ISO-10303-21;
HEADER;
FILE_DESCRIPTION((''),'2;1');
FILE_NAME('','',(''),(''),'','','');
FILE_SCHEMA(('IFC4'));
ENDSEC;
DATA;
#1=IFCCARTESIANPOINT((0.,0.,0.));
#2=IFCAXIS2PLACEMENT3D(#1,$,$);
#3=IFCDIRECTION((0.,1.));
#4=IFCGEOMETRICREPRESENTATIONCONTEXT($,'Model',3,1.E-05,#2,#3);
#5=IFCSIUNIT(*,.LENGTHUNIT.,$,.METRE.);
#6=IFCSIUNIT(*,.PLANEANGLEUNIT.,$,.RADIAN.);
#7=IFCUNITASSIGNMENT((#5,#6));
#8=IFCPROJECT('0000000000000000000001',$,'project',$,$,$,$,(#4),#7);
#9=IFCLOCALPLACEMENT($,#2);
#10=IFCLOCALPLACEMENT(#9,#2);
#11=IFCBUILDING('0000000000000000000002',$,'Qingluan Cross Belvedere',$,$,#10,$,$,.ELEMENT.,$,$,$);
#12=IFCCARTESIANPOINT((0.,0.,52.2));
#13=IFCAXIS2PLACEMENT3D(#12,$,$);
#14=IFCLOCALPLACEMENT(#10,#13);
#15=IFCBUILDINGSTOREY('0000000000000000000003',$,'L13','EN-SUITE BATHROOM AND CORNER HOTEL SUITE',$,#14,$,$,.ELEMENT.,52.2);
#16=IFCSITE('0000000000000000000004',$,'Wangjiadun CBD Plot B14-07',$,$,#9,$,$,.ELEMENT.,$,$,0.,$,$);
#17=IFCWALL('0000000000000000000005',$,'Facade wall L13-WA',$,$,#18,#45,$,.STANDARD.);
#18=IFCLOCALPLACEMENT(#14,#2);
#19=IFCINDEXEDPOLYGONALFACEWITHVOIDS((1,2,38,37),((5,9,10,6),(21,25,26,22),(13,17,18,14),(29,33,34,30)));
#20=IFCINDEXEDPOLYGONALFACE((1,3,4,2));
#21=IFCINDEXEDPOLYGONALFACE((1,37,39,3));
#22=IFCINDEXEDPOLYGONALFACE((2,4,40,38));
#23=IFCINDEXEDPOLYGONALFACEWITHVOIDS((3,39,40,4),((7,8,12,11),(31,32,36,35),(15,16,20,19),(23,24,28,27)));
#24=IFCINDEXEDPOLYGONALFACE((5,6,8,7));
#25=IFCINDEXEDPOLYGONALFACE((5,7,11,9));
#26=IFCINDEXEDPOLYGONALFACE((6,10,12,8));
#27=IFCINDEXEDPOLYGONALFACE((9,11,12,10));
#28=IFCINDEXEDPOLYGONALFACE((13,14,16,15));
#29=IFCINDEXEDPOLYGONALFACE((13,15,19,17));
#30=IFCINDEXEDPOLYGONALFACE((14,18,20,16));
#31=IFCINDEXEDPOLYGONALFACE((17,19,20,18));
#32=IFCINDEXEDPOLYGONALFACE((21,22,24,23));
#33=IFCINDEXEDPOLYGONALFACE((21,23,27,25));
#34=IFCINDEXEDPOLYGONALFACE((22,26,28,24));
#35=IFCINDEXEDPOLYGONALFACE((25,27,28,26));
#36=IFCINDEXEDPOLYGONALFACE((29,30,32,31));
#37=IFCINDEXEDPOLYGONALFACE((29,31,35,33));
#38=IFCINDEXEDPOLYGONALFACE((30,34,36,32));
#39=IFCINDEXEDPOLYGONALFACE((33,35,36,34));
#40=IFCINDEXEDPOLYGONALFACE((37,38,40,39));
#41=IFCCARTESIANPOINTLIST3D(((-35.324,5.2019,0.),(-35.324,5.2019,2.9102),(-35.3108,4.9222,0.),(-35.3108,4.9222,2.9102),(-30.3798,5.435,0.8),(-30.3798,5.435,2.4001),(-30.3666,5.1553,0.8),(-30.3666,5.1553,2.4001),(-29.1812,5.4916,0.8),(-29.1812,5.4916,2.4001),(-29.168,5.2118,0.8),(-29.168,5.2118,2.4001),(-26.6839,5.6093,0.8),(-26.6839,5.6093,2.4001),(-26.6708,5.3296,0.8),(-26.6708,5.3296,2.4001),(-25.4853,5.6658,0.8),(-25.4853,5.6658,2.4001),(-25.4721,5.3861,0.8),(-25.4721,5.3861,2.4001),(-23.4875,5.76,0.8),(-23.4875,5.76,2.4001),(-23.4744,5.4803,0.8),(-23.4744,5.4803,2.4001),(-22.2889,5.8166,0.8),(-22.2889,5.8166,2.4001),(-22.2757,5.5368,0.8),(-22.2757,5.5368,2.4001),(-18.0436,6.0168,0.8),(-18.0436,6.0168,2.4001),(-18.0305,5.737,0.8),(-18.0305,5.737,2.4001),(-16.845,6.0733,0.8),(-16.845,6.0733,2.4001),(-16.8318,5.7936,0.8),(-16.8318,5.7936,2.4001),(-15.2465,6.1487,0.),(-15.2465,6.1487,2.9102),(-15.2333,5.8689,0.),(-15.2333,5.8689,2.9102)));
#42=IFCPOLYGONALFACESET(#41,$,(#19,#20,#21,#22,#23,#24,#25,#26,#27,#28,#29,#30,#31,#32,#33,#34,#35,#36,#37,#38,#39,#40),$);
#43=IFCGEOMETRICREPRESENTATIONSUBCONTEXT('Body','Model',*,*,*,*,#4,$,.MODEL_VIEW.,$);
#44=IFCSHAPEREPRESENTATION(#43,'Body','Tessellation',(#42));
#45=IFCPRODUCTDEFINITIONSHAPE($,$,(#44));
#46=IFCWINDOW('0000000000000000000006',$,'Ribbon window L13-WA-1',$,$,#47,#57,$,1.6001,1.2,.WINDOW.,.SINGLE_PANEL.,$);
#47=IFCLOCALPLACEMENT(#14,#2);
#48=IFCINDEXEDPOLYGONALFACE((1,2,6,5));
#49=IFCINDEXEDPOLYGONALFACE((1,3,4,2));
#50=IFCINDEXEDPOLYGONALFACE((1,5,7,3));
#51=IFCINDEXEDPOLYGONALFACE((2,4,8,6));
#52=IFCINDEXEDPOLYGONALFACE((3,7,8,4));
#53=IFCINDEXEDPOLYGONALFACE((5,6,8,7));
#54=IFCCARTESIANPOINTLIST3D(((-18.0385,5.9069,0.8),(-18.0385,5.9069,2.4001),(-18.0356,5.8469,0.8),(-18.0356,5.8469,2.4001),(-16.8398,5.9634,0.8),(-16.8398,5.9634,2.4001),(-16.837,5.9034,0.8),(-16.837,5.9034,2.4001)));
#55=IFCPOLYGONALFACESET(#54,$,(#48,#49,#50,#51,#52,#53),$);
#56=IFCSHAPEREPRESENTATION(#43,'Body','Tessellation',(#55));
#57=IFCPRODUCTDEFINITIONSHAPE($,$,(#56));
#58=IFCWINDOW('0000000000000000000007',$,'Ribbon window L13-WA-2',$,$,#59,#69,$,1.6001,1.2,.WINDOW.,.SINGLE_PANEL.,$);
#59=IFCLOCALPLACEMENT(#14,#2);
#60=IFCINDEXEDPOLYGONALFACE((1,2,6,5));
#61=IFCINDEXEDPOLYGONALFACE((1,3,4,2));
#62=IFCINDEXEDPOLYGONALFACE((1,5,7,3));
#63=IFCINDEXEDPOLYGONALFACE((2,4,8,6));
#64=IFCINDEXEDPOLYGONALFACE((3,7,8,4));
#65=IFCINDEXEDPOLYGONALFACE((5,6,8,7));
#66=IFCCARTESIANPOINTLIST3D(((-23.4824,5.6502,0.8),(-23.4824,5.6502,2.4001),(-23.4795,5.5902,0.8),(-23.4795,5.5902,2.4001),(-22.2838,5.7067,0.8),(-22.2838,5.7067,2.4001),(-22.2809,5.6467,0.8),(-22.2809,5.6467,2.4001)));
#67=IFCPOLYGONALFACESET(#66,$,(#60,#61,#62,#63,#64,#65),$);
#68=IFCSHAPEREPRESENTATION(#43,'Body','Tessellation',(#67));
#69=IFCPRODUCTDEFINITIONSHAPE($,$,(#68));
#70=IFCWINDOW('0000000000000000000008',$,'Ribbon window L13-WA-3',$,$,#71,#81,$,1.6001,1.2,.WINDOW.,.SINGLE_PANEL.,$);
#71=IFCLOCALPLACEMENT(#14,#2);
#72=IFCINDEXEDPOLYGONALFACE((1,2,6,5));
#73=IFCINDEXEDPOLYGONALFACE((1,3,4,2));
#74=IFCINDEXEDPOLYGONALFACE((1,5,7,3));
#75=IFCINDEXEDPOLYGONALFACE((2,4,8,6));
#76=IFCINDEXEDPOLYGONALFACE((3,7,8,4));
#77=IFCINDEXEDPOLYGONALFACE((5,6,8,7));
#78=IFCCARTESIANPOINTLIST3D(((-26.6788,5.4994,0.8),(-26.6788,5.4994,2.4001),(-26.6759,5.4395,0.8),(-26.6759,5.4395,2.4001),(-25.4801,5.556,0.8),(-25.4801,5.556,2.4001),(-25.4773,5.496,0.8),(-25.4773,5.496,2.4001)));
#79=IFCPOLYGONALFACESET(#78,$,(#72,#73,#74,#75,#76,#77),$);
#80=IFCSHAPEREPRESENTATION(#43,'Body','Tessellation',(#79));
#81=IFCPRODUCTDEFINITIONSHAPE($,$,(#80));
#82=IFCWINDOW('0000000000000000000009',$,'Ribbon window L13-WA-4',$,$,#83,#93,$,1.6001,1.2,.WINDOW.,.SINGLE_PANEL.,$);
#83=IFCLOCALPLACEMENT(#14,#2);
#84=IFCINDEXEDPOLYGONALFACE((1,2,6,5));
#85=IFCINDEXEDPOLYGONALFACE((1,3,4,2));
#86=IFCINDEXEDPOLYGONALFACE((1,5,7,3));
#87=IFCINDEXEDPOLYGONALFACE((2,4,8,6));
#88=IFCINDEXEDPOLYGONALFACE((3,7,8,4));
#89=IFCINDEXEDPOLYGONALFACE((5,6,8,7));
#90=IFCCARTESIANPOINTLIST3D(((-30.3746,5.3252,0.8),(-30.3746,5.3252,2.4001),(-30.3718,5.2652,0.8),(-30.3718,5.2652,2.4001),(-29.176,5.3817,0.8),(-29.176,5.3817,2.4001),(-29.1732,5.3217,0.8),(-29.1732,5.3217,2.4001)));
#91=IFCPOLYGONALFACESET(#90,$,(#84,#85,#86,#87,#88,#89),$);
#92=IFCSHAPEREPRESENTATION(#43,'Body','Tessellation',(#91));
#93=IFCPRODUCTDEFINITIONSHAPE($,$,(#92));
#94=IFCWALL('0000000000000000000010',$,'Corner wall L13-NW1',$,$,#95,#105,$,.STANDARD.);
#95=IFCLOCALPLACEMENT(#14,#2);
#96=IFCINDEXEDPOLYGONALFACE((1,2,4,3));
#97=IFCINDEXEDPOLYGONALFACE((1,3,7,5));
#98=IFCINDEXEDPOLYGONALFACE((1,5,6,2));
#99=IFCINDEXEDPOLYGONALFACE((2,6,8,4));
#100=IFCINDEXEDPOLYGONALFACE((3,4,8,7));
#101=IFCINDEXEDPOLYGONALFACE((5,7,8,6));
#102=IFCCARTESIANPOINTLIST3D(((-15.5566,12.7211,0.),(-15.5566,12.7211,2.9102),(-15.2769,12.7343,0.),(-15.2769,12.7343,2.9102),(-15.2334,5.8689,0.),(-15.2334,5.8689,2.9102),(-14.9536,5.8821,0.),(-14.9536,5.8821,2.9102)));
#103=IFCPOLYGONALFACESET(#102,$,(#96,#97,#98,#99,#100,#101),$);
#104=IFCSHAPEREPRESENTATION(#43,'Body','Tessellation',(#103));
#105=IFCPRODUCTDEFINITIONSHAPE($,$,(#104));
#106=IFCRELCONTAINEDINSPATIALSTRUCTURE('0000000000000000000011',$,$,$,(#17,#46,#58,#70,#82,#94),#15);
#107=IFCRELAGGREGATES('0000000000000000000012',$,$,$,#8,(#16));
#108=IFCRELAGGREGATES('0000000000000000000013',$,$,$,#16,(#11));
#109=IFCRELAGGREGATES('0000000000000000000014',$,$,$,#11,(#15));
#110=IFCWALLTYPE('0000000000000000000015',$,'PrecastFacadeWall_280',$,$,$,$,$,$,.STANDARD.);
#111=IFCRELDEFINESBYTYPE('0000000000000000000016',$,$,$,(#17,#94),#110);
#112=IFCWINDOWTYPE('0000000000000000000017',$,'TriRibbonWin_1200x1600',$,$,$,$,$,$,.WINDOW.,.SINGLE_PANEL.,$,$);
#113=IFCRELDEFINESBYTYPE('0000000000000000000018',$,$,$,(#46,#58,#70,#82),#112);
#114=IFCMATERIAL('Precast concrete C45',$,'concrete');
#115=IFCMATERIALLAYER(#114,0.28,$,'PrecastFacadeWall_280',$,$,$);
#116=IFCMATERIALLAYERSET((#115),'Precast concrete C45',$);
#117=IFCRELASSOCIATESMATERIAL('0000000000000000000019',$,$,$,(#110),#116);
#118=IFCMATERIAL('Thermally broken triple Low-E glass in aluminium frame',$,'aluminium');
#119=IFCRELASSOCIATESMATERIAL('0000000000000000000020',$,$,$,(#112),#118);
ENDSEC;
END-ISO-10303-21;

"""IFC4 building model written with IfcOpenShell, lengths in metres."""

from ifc_helpers import new_model, si_unit, direction, frame, frame_2d, origin, place, context, subcontext, project, spatial, rectangle, extrude, material, layer, layer_set, type_object, element, fill, save


model = new_model("IFC4")

# Units and contexts
model_context = context("Model", 3, precision=1e-05, world=origin(), true_north=direction((0.0, 1.0)))
body_context = subcontext(model_context, "Body", "Model", "MODEL_VIEW")
ifc_project = project(units=[si_unit("LENGTHUNIT", "METRE"), si_unit("PLANEANGLEUNIT", "RADIAN")], contexts=[model_context])

# Site, building, storey
site_placement = place(None, origin())
site = spatial("IfcSite", under=ifc_project, at=site_placement, Name="Wangjiadun CBD Plot B14-07", CompositionType="ELEMENT", RefElevation=0.0)
building_placement = place(site_placement, origin())
building = spatial("IfcBuilding", under=site, at=building_placement, Name="Qingluan Cross Belvedere", CompositionType="ELEMENT")
storey_placement = place(building_placement, frame((0.0, 0.0, 52.2)))
storey = spatial("IfcBuildingStorey", under=building, at=storey_placement, Name="L13", Description="EN-SUITE BATHROOM AND CORNER HOTEL SUITE", CompositionType="ELEMENT", Elevation=52.2)

# Wall, openings, windows
ifc_material_1 = material(Name="Precast concrete C45", Category="concrete")
ifc_layer_1 = layer(ifc_material_1, 0.28, Name="PrecastFacadeWall_280")
ifc_layer_set_1 = layer_set([ifc_layer_1], Name="Precast concrete C45")
wall_type_1 = type_object("IfcWallType", Name="PrecastFacadeWall_280", PredefinedType="STANDARD", material=ifc_layer_set_1)
wall_1_placement = place(storey_placement, frame((-15.24, 6.0088, 0.0), z_axis=(0.0, 0.0, 1.0), x_axis=(-0.99889, -0.047103, 0.0)))
wall_1 = element("IfcWall", 1, at=wall_1_placement, inside=storey, type_object=wall_type_1, Name="Facade wall L13-WA", PredefinedType="STANDARD", context=body_context, shape_type="SweptSolid", body=[
    extrude(rectangle(XDim=20.0999, YDim=0.28, at=frame_2d((10.0498, 0.0))), origin(), (0.0, 0.0, 1.0), 2.9102),
])
opening_1_placement = place(wall_1_placement, frame((1.6001, 0.0, 0.8)))
opening_1 = element("IfcOpeningElement", 2, at=opening_1_placement, cuts=wall_1, PredefinedType="OPENING", context=body_context, shape_type="SweptSolid", body=[
    extrude(rectangle(XDim=1.2, YDim=1.6001, at=frame_2d((0.6001, 0.8))), frame((0.0, 0.1499, 0.0), z_axis=(0.0, -1.0, 0.0), x_axis=(1.0, 0.0, 0.0)), (0.0, 0.0, 1.0), 0.3),
])
opening_2_placement = place(wall_1_placement, frame((7.05, 0.0, 0.8)))
opening_2 = element("IfcOpeningElement", 3, at=opening_2_placement, cuts=wall_1, PredefinedType="OPENING", context=body_context, shape_type="SweptSolid", body=[
    extrude(rectangle(XDim=1.2, YDim=1.6001, at=frame_2d((0.6001, 0.8))), frame((0.0, 0.1499, 0.0), z_axis=(0.0, -1.0, 0.0), x_axis=(1.0, 0.0, 0.0)), (0.0, 0.0, 1.0), 0.3),
])
opening_3_placement = place(wall_1_placement, frame((10.25, 0.0, 0.8)))
opening_3 = element("IfcOpeningElement", 4, at=opening_3_placement, cuts=wall_1, PredefinedType="OPENING", context=body_context, shape_type="SweptSolid", body=[
    extrude(rectangle(XDim=1.2, YDim=1.6001, at=frame_2d((0.6001, 0.8))), frame((0.0, 0.1499, 0.0), z_axis=(0.0, -1.0, 0.0), x_axis=(1.0, 0.0, 0.0)), (0.0, 0.0, 1.0), 0.3),
])
opening_4_placement = place(wall_1_placement, frame((13.95, 0.0, 0.8)))
opening_4 = element("IfcOpeningElement", 5, at=opening_4_placement, cuts=wall_1, PredefinedType="OPENING", context=body_context, shape_type="SweptSolid", body=[
    extrude(rectangle(XDim=1.2, YDim=1.6001, at=frame_2d((0.6001, 0.8))), frame((0.0, 0.1499, 0.0), z_axis=(0.0, -1.0, 0.0), x_axis=(1.0, 0.0, 0.0)), (0.0, 0.0, 1.0), 0.3),
])
ifc_material_2 = material(Name="Thermally broken triple Low-E glass in aluminium frame", Category="aluminium")
window_type = type_object("IfcWindowType", Name="TriRibbonWin_1200x1600", PartitioningType="SINGLE_PANEL", PredefinedType="WINDOW", material=ifc_material_2)
window_1_placement = place(opening_1_placement, origin())
window_1 = element("IfcWindow", 6, at=window_1_placement, inside=storey, type_object=window_type, Name="Ribbon window L13-WA-1", OverallHeight=1.6001, OverallWidth=1.2, PartitioningType="SINGLE_PANEL", PredefinedType="WINDOW", context=body_context, shape_type="SweptSolid", body=[
    extrude(rectangle(XDim=1.2, YDim=1.6001, at=frame_2d((0.6001, 0.8))), frame((0.0, 0.03, 0.0), z_axis=(0.0, -1.0, 0.0), x_axis=(1.0, 0.0, 0.0)), (0.0, 0.0, 1.0), 0.0601),
])
fill(opening_1, window_1)
window_2_placement = place(opening_2_placement, origin())
window_2 = element("IfcWindow", 7, at=window_2_placement, inside=storey, type_object=window_type, Name="Ribbon window L13-WA-2", OverallHeight=1.6001, OverallWidth=1.2, PartitioningType="SINGLE_PANEL", PredefinedType="WINDOW", context=body_context, shape_type="SweptSolid", body=[
    extrude(rectangle(XDim=1.2, YDim=1.6001, at=frame_2d((0.6001, 0.8))), frame((0.0, 0.03, 0.0), z_axis=(0.0, -1.0, 0.0), x_axis=(1.0, 0.0, 0.0)), (0.0, 0.0, 1.0), 0.0601),
])
fill(opening_2, window_2)
window_3_placement = place(opening_3_placement, origin())
window_3 = element("IfcWindow", 8, at=window_3_placement, inside=storey, type_object=window_type, Name="Ribbon window L13-WA-3", OverallHeight=1.6001, OverallWidth=1.2, PartitioningType="SINGLE_PANEL", PredefinedType="WINDOW", context=body_context, shape_type="SweptSolid", body=[
    extrude(rectangle(XDim=1.2, YDim=1.6001, at=frame_2d((0.6001, 0.8))), frame((0.0, 0.03, 0.0), z_axis=(0.0, -1.0, 0.0), x_axis=(1.0, 0.0, 0.0)), (0.0, 0.0, 1.0), 0.0601),
])
fill(opening_3, window_3)
window_4_placement = place(opening_4_placement, origin())
window_4 = element("IfcWindow", 9, at=window_4_placement, inside=storey, type_object=window_type, Name="Ribbon window L13-WA-4", OverallHeight=1.6001, OverallWidth=1.2, PartitioningType="SINGLE_PANEL", PredefinedType="WINDOW", context=body_context, shape_type="SweptSolid", body=[
    extrude(rectangle(XDim=1.2, YDim=1.6001, at=frame_2d((0.6001, 0.8))), frame((0.0, 0.03, 0.0), z_axis=(0.0, -1.0, 0.0), x_axis=(1.0, 0.0, 0.0)), (0.0, 0.0, 1.0), 0.0601),
])
fill(opening_4, window_4)

# Wall
wall_2_placement = place(storey_placement, frame((-15.0935, 5.8755, 0.0), z_axis=(0.0, 0.0, 1.0), x_axis=(-0.04712, 0.998889, 0.0)))
element("IfcWall", 10, at=wall_2_placement, inside=storey, type_object=wall_type_1, Name="Corner wall L13-NW1", PredefinedType="STANDARD", context=body_context, shape_type="SweptSolid", body=[
    extrude(rectangle(XDim=6.8599, YDim=0.28, at=frame_2d((3.4299, 0.0))), origin(), (0.0, 0.0, 1.0), 2.9102),
])

save(model, "model.ifc")
